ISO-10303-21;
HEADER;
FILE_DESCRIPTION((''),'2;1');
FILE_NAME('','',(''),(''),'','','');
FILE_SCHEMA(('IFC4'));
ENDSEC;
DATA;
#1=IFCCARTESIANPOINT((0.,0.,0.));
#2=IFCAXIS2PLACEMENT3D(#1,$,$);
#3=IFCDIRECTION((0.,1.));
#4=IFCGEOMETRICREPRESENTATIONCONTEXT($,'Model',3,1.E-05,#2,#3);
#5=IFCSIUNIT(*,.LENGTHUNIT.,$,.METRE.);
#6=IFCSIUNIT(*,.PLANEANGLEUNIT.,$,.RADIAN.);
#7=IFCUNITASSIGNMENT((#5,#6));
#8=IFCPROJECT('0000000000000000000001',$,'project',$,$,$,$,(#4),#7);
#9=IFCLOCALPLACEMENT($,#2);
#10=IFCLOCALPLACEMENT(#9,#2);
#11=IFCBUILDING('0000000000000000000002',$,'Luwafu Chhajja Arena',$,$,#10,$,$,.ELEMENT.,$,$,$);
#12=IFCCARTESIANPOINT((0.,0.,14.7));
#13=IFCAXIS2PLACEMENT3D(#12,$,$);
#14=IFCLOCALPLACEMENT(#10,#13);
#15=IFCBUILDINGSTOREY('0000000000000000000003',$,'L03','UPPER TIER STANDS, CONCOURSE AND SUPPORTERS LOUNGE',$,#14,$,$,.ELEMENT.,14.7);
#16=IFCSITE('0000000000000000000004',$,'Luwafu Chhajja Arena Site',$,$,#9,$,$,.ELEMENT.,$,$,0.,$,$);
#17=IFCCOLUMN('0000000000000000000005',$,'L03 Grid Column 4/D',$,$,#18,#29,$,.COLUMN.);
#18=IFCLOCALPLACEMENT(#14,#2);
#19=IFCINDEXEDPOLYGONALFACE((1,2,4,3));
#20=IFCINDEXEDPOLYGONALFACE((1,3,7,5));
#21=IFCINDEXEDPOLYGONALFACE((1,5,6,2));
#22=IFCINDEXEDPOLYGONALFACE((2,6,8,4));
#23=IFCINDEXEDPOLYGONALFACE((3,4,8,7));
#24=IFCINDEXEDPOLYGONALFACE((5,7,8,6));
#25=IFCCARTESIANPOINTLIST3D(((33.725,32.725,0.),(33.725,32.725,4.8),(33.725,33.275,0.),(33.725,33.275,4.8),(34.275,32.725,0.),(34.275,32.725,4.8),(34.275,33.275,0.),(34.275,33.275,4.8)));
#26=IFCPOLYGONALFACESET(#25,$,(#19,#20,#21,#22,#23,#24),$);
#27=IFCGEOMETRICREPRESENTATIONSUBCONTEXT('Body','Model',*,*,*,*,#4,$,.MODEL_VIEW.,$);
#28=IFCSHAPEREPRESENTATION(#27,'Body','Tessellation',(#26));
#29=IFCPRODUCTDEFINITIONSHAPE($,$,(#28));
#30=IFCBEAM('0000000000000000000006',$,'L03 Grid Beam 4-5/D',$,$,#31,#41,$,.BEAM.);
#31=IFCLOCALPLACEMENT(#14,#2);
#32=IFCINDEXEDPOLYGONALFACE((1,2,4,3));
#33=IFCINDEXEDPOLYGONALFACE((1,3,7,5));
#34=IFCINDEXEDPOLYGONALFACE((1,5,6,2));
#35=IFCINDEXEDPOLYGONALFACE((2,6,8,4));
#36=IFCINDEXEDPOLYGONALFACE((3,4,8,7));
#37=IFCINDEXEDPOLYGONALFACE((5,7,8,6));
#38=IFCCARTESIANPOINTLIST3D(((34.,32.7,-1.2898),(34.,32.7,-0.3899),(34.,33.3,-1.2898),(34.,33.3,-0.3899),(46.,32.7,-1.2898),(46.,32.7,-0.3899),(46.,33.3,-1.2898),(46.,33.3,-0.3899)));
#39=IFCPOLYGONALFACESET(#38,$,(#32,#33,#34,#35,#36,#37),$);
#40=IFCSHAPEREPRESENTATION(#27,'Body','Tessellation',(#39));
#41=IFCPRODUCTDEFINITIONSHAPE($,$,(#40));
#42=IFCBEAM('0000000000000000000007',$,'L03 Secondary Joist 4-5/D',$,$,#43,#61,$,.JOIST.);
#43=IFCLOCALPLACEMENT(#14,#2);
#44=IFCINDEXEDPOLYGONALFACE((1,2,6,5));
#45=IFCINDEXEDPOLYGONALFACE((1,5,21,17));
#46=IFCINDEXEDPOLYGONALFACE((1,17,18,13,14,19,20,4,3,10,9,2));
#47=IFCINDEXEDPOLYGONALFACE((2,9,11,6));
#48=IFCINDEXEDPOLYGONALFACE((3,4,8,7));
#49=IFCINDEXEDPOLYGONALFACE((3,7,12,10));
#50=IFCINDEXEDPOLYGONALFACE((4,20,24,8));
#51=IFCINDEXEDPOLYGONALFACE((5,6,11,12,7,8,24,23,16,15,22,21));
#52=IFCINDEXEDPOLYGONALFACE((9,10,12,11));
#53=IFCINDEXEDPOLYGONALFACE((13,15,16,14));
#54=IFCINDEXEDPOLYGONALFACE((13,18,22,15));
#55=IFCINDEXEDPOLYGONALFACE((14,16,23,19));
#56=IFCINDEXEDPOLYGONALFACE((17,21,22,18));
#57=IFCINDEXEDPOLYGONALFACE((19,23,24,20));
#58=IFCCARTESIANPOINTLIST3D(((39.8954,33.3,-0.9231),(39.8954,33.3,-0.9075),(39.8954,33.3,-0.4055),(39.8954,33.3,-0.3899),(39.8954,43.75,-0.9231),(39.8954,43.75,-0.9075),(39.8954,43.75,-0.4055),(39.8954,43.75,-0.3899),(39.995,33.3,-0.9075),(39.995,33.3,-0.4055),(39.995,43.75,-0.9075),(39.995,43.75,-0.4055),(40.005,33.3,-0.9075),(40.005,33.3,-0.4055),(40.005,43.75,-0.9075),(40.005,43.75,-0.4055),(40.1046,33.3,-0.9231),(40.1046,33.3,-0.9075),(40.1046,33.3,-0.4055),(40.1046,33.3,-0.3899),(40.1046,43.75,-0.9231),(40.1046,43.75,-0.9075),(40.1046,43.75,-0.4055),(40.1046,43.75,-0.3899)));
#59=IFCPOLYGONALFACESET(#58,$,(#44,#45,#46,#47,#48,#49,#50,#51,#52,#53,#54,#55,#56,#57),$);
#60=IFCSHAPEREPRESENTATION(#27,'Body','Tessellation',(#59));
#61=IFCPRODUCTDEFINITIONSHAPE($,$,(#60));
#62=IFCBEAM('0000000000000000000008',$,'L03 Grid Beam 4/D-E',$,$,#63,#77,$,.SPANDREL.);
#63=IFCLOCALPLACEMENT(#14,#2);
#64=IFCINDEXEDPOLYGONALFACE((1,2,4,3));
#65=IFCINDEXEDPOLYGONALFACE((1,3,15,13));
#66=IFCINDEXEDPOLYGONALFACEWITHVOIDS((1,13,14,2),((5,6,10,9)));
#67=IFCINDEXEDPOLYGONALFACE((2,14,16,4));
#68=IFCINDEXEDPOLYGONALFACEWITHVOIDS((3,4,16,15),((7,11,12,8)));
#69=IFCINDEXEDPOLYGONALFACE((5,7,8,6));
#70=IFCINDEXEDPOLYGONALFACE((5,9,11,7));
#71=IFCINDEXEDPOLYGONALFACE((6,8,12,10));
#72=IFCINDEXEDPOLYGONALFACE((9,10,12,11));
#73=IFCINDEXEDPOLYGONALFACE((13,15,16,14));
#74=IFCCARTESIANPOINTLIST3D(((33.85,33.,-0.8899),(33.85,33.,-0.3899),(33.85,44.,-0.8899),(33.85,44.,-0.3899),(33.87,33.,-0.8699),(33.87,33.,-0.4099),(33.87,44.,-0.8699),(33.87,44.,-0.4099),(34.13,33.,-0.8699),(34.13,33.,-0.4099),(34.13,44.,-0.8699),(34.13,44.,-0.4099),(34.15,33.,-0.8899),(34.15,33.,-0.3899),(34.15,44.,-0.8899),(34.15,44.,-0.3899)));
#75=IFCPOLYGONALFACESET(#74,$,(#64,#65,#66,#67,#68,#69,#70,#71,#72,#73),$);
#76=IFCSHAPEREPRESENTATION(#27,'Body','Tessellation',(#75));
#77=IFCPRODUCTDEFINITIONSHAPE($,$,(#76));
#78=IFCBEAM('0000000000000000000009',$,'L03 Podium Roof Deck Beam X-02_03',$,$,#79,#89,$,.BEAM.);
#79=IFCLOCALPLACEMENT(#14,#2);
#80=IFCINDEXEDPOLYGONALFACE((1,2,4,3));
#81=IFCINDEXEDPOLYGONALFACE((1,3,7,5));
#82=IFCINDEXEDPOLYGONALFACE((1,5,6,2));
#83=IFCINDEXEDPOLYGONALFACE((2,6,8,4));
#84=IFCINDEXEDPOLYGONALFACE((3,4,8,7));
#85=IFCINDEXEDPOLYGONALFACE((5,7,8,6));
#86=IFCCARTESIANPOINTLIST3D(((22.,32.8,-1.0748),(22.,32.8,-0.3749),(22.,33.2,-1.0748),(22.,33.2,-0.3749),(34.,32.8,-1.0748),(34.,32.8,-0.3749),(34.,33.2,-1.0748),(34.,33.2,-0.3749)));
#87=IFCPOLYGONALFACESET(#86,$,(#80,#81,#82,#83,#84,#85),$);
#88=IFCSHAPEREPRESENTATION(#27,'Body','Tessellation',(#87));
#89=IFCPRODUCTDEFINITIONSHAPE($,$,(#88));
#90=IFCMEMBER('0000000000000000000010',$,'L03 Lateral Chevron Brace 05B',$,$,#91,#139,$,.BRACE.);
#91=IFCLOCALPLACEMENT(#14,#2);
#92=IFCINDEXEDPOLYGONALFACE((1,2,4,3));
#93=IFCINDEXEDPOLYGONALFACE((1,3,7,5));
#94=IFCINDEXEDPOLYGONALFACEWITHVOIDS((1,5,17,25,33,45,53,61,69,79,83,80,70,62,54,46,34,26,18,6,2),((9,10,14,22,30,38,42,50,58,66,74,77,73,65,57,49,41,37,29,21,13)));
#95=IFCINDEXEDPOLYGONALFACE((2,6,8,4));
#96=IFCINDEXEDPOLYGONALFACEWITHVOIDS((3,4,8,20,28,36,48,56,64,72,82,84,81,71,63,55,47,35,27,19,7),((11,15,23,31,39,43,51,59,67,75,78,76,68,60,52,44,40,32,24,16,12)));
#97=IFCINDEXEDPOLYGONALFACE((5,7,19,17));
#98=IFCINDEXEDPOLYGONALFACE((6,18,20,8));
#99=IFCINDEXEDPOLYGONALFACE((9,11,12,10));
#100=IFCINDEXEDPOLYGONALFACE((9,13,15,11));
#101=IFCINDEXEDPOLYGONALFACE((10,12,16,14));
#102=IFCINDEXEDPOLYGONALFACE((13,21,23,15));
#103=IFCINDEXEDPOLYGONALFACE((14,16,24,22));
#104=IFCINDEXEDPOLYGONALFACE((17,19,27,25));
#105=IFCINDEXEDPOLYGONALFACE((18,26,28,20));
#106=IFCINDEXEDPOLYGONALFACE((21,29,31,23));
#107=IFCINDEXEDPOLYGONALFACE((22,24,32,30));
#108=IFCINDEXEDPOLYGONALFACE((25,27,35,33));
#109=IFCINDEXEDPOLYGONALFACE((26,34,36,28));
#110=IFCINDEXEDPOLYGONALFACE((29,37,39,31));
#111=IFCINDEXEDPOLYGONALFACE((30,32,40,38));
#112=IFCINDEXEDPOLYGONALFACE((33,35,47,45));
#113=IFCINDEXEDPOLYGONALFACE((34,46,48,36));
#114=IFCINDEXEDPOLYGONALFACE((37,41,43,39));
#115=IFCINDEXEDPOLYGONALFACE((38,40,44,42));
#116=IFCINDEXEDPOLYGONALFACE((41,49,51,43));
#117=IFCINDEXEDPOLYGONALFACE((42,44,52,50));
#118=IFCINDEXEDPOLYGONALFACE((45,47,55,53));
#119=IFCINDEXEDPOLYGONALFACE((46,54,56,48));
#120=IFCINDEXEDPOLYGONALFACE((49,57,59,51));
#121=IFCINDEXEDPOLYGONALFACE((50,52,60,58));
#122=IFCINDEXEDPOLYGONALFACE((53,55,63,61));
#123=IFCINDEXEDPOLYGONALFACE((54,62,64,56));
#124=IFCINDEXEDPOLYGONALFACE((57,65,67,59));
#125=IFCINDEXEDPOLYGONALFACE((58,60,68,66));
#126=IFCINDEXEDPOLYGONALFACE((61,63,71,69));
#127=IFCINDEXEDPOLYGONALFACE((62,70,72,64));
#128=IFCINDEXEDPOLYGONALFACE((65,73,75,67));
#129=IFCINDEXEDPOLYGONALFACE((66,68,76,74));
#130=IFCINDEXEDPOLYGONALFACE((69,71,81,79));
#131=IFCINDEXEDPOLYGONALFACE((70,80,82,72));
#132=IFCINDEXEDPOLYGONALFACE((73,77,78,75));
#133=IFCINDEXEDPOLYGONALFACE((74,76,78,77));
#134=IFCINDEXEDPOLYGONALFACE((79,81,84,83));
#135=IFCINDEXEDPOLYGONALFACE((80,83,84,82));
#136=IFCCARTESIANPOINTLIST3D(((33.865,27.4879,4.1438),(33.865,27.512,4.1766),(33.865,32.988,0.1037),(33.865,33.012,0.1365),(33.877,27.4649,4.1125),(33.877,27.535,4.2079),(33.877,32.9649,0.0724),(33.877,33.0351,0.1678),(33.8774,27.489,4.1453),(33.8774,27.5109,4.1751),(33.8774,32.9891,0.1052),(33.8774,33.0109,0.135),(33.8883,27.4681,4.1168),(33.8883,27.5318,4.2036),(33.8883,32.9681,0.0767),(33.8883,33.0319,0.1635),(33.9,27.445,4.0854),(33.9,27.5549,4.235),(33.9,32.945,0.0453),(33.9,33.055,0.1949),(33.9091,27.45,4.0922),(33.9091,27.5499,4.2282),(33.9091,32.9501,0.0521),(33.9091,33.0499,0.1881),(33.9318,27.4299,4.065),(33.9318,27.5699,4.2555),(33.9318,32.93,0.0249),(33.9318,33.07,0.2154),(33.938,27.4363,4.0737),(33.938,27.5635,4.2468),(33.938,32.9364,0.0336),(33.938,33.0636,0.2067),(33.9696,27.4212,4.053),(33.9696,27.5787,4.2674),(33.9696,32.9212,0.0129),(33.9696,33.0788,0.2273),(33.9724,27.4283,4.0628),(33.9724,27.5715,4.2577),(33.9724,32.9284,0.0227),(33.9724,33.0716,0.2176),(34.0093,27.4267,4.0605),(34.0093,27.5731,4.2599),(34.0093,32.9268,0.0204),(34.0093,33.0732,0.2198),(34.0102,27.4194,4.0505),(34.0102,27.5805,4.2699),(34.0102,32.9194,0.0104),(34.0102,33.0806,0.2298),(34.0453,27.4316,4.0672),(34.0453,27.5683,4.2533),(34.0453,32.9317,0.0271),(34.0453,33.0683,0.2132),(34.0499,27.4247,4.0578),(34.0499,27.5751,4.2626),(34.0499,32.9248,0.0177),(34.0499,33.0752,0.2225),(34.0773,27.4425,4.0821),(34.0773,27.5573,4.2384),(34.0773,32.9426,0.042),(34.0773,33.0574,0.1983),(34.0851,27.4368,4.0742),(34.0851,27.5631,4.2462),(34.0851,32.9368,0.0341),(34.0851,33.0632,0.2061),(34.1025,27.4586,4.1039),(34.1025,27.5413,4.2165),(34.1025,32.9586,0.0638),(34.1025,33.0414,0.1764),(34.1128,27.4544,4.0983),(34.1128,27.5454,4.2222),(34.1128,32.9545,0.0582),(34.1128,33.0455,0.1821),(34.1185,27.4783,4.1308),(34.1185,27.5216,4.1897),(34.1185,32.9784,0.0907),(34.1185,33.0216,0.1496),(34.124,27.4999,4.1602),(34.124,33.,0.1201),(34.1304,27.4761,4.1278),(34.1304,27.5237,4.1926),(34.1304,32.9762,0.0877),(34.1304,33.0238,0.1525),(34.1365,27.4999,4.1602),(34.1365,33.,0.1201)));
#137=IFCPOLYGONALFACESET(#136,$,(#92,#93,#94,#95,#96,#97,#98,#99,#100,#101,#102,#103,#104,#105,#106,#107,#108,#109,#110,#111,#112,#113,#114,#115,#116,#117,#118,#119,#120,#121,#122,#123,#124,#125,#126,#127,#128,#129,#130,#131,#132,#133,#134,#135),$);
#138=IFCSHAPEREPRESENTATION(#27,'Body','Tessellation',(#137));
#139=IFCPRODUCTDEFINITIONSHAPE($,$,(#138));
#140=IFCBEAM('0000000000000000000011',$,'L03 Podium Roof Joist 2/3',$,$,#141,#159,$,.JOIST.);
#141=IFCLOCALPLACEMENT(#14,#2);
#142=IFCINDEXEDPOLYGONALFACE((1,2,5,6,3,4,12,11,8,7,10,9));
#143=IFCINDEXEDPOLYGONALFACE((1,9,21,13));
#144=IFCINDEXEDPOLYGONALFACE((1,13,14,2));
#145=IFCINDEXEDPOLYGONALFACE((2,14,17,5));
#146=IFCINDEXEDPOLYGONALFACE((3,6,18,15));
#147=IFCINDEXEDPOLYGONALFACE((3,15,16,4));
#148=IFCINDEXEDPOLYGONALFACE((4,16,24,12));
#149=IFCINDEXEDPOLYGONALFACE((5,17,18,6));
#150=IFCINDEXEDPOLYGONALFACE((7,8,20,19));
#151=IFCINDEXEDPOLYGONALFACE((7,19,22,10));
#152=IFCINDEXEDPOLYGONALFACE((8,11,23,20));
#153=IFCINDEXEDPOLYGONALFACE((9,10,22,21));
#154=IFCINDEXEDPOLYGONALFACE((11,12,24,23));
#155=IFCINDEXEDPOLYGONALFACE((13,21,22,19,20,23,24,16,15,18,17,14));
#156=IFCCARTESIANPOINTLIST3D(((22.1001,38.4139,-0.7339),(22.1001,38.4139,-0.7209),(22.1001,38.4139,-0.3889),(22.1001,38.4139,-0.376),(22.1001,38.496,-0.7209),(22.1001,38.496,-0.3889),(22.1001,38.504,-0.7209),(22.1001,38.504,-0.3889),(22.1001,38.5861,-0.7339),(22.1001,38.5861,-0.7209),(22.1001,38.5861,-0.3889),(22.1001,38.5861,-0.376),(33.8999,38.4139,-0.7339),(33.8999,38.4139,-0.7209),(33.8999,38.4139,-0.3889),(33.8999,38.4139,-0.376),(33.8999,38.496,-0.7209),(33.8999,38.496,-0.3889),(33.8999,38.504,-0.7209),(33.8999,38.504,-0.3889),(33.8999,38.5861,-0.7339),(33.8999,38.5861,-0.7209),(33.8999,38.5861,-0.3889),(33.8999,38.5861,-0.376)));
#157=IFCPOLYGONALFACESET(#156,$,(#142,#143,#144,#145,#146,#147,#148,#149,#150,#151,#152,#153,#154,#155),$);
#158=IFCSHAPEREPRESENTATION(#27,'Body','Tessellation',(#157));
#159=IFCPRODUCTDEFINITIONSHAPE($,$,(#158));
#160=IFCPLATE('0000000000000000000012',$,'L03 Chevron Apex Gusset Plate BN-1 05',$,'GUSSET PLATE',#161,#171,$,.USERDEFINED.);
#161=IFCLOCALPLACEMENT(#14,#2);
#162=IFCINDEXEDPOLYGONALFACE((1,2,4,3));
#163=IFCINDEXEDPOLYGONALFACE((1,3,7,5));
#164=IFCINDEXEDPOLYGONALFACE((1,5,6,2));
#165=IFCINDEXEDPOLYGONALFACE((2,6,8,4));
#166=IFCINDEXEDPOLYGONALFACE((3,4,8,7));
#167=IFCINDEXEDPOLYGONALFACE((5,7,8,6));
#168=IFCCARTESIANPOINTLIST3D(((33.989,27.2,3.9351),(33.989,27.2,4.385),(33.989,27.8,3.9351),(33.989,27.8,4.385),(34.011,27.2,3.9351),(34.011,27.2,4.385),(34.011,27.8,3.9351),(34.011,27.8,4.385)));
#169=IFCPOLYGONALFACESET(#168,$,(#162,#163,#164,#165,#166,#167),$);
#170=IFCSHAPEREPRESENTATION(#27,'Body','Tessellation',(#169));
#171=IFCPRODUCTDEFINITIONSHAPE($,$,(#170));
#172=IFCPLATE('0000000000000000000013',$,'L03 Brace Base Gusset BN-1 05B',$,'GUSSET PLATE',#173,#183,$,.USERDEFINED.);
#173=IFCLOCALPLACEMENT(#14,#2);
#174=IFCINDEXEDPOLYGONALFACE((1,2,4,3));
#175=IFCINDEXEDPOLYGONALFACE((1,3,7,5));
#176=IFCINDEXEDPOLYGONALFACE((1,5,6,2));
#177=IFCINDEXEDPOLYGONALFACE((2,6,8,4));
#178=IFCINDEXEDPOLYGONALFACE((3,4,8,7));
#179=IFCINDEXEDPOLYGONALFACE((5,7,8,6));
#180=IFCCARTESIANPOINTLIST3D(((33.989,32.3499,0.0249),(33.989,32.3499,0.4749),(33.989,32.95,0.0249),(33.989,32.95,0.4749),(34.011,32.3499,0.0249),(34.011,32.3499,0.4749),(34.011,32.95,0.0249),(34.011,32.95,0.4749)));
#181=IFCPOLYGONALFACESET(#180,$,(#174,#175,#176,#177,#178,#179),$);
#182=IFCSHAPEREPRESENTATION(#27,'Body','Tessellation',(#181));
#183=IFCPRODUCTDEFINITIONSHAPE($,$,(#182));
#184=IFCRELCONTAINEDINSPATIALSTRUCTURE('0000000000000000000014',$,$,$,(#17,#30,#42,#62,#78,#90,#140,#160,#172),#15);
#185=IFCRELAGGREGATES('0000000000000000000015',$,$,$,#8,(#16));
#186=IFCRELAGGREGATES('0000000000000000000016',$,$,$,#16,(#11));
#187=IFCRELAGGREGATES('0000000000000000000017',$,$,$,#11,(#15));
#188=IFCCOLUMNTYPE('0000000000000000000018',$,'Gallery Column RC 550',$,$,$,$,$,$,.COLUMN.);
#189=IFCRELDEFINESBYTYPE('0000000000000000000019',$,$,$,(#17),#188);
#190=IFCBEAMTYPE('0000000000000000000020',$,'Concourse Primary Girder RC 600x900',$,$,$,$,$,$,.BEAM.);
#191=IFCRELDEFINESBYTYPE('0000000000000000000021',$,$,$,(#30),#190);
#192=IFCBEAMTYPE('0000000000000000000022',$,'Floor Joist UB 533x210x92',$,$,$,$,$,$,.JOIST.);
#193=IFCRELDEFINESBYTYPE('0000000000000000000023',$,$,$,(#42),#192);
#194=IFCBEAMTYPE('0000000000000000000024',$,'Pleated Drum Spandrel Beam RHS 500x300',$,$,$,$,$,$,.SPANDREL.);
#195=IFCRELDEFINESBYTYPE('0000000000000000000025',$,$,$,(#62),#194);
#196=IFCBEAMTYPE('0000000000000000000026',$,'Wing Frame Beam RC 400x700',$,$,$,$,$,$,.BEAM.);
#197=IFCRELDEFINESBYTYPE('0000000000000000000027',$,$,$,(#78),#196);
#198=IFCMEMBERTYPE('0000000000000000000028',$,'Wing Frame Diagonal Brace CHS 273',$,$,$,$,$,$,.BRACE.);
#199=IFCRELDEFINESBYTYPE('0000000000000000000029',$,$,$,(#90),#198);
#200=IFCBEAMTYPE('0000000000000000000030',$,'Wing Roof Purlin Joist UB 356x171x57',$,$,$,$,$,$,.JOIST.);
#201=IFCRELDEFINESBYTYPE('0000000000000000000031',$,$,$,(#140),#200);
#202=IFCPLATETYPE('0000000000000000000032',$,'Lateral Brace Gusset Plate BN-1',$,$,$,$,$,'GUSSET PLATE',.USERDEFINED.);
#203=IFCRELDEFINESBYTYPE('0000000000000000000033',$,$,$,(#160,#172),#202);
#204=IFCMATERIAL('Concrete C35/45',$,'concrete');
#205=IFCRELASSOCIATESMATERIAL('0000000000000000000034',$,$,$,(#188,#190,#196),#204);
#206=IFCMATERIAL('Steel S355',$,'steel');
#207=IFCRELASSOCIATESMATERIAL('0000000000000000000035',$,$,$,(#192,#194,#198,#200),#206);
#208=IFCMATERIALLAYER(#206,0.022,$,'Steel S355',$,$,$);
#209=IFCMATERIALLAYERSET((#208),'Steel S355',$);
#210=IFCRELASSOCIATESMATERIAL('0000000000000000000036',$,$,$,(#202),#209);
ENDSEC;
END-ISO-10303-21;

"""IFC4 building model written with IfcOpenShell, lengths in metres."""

from ifc_helpers import new_model, si_unit, direction, frame, origin, origin_2d, place, context, subcontext, project, spatial, rectangle, hollow_rectangle, hollow_circle, i_section, extrude, material, layer, layer_set, material_profile, profile_set, type_object, element, save


model = new_model("IFC4")

# Units and contexts
model_context = context("Model", 3, precision=1e-05, world=origin(), true_north=direction((0.0, 1.0)))
body_context = subcontext(model_context, "Body", "Model", "MODEL_VIEW")
ifc_project = project(units=[si_unit("LENGTHUNIT", "METRE"), si_unit("PLANEANGLEUNIT", "RADIAN")], contexts=[model_context])

# Site, building, storey
site_placement = place(None, origin())
site = spatial("IfcSite", under=ifc_project, at=site_placement, Name="Luwafu Chhajja Arena Site", CompositionType="ELEMENT", RefElevation=0.0)
building_placement = place(site_placement, origin())
building = spatial("IfcBuilding", under=site, at=building_placement, Name="Luwafu Chhajja Arena", CompositionType="ELEMENT")
storey_placement = place(building_placement, frame((0.0, 0.0, 14.7)))
storey = spatial("IfcBuildingStorey", under=building, at=storey_placement, Name="L03", Description="UPPER TIER STANDS, CONCOURSE AND SUPPORTERS LOUNGE", CompositionType="ELEMENT", Elevation=14.7)

# Column
ifc_material_1 = material(Name="Concrete C35/45", Category="concrete")
ifc_material_profile_1 = material_profile(ifc_material_1, rectangle(XDim=0.55, YDim=0.55, at=origin_2d()), Name="RC 550x550")
ifc_profile_set_1 = profile_set([ifc_material_profile_1], Name="Concrete C35/45")
column_type = type_object("IfcColumnType", Name="Gallery Column RC 550", PredefinedType="COLUMN", material=ifc_profile_set_1)
column_placement = place(storey_placement, frame((34.0, 33.0, 0.0), z_axis=(0.0, 0.0, 1.0), x_axis=(1.0, 0.0, 0.0)))
element("IfcColumn", 1, at=column_placement, inside=storey, type_object=column_type, Name="L03 Grid Column 4/D", PredefinedType="COLUMN", context=body_context, shape_type="SweptSolid", body=[
    extrude(rectangle(XDim=0.55, YDim=0.55, at=origin_2d()), origin(), (0.0, 0.0, 1.0), 4.8),
])

# Beams
ifc_material_profile_2 = material_profile(ifc_material_1, rectangle(XDim=0.6001, YDim=0.8999, at=origin_2d()), Name="RC 600x900")
ifc_profile_set_2 = profile_set([ifc_material_profile_2], Name="Concrete C35/45")
beam_type_1 = type_object("IfcBeamType", Name="Concourse Primary Girder RC 600x900", PredefinedType="BEAM", material=ifc_profile_set_2)
beam_1_placement = place(storey_placement, frame((34.0, 33.0, -0.8398), z_axis=(1.0, 0.0, 0.0), x_axis=(0.0, 1.0, 0.0)))
element("IfcBeam", 2, at=beam_1_placement, inside=storey, type_object=beam_type_1, Name="L03 Grid Beam 4-5/D", PredefinedType="BEAM", context=body_context, shape_type="SweptSolid", body=[
    extrude(rectangle(XDim=0.6001, YDim=0.8999, at=origin_2d()), origin(), (0.0, 0.0, 1.0), 12.0),
])
ifc_material_2 = material(Name="Steel S355", Category="steel")
ifc_material_profile_3 = material_profile(ifc_material_2, i_section(OverallWidth=0.2092, OverallDepth=0.5332, WebThickness=0.01, FlangeThickness=0.0156, at=origin_2d()), Name="UB 533x210x92")
ifc_profile_set_3 = profile_set([ifc_material_profile_3], Name="Steel S355")
beam_type_2 = type_object("IfcBeamType", Name="Floor Joist UB 533x210x92", PredefinedType="JOIST", material=ifc_profile_set_3)
beam_2_placement = place(storey_placement, frame((40.0, 33.3, -0.6565), z_axis=(0.0, 1.0, 0.0), x_axis=(-1.0, 0.0, 0.0)))
element("IfcBeam", 3, at=beam_2_placement, inside=storey, type_object=beam_type_2, Name="L03 Secondary Joist 4-5/D", PredefinedType="JOIST", context=body_context, shape_type="SweptSolid", body=[
    extrude(i_section(OverallWidth=0.2092, OverallDepth=0.5332, WebThickness=0.01, FlangeThickness=0.0156, at=origin_2d()), origin(), (0.0, 0.0, 1.0), 10.45),
])
ifc_material_profile_4 = material_profile(ifc_material_2, hollow_rectangle(XDim=0.3, YDim=0.5, WallThickness=0.02, at=origin_2d()), Name="RHS 500x300x20")
ifc_profile_set_4 = profile_set([ifc_material_profile_4], Name="Steel S355")
beam_type_3 = type_object("IfcBeamType", Name="Pleated Drum Spandrel Beam RHS 500x300", PredefinedType="SPANDREL", material=ifc_profile_set_4)
beam_3_placement = place(storey_placement, frame((34.0, 33.0, -0.6399), z_axis=(0.0, 1.0, 0.0), x_axis=(-1.0, 0.0, 0.0)))
element("IfcBeam", 4, at=beam_3_placement, inside=storey, type_object=beam_type_3, Name="L03 Grid Beam 4/D-E", PredefinedType="SPANDREL", context=body_context, shape_type="SweptSolid", body=[
    extrude(hollow_rectangle(XDim=0.3, YDim=0.5, WallThickness=0.02, at=origin_2d()), origin(), (0.0, 0.0, 1.0), 11.0),
])
ifc_material_profile_5 = material_profile(ifc_material_1, rectangle(XDim=0.3999, YDim=0.7, at=origin_2d()), Name="RC 400x700")
ifc_profile_set_5 = profile_set([ifc_material_profile_5], Name="Concrete C35/45")
beam_type_4 = type_object("IfcBeamType", Name="Wing Frame Beam RC 400x700", PredefinedType="BEAM", material=ifc_profile_set_5)
beam_4_placement = place(storey_placement, frame((22.0, 33.0, -0.7249), z_axis=(1.0, 0.0, 0.0), x_axis=(0.0, 1.0, 0.0)))
element("IfcBeam", 5, at=beam_4_placement, inside=storey, type_object=beam_type_4, Name="L03 Podium Roof Deck Beam X-02_03", PredefinedType="BEAM", context=body_context, shape_type="SweptSolid", body=[
    extrude(rectangle(XDim=0.3999, YDim=0.7, at=origin_2d()), origin(), (0.0, 0.0, 1.0), 12.0),
])

# Member
ifc_material_profile_6 = material_profile(ifc_material_2, hollow_circle(Radius=0.1365, WallThickness=0.0125, at=origin_2d()), Name="CHS 273x12.5")
ifc_profile_set_6 = profile_set([ifc_material_profile_6], Name="Steel S355")
member_type = type_object("IfcMemberType", Name="Wing Frame Diagonal Brace CHS 273", PredefinedType="BRACE", material=ifc_profile_set_6)
member_placement = place(storey_placement, frame((34.0, 33.0, 0.1201), z_axis=(0.0, -0.805936, 0.592002), x_axis=(1.0, 0.0, 0.0)))
element("IfcMember", 6, at=member_placement, inside=storey, type_object=member_type, Name="L03 Lateral Chevron Brace 05B", PredefinedType="BRACE", context=body_context, shape_type="SweptSolid", body=[
    extrude(hollow_circle(Radius=0.1365, WallThickness=0.0125, at=origin_2d()), origin(), (0.0, 0.0, 1.0), 6.8245),
])

# Beam
ifc_material_profile_7 = material_profile(ifc_material_2, i_section(OverallWidth=0.1721, OverallDepth=0.3579, WebThickness=0.0081, FlangeThickness=0.0129, at=origin_2d()), Name="UB 356x171x57")
ifc_profile_set_7 = profile_set([ifc_material_profile_7], Name="Steel S355")
beam_type_5 = type_object("IfcBeamType", Name="Wing Roof Purlin Joist UB 356x171x57", PredefinedType="JOIST", material=ifc_profile_set_7)
beam_5_placement = place(storey_placement, frame((22.1001, 38.5, -0.5549), z_axis=(1.0, 0.0, 0.0), x_axis=(0.0, 1.0, 0.0)))
element("IfcBeam", 7, at=beam_5_placement, inside=storey, type_object=beam_type_5, Name="L03 Podium Roof Joist 2/3", PredefinedType="JOIST", context=body_context, shape_type="SweptSolid", body=[
    extrude(i_section(OverallWidth=0.1721, OverallDepth=0.3579, WebThickness=0.0081, FlangeThickness=0.0129, at=origin_2d()), origin(), (0.0, 0.0, 1.0), 11.7998),
])

# Plates
ifc_layer_1 = layer(ifc_material_2, 0.022, Name="Steel S355")
ifc_layer_set_1 = layer_set([ifc_layer_1], Name="Steel S355")
plate_type = type_object("IfcPlateType", Name="Lateral Brace Gusset Plate BN-1", ElementType="GUSSET PLATE", PredefinedType="USERDEFINED", material=ifc_layer_set_1)
for number, where, z_axis, x_axis, name in (
    (8, (34.0, 27.5, 3.9351), (0.0, 0.0, 1.0), (1.0, 0.0, 0.0), "L03 Chevron Apex Gusset Plate BN-1 05"),
    (9, (34.0, 32.6499, 0.0249), (0.0, 0.0, 1.0), (1.0, 0.0, 0.0), "L03 Brace Base Gusset BN-1 05B"),
):
    element("IfcPlate", number, at=place(storey_placement, frame(where, z_axis=z_axis, x_axis=x_axis)), inside=storey, type_object=plate_type, Name=name, ObjectType="GUSSET PLATE", PredefinedType="USERDEFINED", context=body_context, shape_type="SweptSolid", body=[
        extrude(rectangle(XDim=0.022, YDim=0.6001, at=origin_2d()), origin(), (0.0, 0.0, 1.0), 0.45),
    ])

save(model, "model.ifc")
